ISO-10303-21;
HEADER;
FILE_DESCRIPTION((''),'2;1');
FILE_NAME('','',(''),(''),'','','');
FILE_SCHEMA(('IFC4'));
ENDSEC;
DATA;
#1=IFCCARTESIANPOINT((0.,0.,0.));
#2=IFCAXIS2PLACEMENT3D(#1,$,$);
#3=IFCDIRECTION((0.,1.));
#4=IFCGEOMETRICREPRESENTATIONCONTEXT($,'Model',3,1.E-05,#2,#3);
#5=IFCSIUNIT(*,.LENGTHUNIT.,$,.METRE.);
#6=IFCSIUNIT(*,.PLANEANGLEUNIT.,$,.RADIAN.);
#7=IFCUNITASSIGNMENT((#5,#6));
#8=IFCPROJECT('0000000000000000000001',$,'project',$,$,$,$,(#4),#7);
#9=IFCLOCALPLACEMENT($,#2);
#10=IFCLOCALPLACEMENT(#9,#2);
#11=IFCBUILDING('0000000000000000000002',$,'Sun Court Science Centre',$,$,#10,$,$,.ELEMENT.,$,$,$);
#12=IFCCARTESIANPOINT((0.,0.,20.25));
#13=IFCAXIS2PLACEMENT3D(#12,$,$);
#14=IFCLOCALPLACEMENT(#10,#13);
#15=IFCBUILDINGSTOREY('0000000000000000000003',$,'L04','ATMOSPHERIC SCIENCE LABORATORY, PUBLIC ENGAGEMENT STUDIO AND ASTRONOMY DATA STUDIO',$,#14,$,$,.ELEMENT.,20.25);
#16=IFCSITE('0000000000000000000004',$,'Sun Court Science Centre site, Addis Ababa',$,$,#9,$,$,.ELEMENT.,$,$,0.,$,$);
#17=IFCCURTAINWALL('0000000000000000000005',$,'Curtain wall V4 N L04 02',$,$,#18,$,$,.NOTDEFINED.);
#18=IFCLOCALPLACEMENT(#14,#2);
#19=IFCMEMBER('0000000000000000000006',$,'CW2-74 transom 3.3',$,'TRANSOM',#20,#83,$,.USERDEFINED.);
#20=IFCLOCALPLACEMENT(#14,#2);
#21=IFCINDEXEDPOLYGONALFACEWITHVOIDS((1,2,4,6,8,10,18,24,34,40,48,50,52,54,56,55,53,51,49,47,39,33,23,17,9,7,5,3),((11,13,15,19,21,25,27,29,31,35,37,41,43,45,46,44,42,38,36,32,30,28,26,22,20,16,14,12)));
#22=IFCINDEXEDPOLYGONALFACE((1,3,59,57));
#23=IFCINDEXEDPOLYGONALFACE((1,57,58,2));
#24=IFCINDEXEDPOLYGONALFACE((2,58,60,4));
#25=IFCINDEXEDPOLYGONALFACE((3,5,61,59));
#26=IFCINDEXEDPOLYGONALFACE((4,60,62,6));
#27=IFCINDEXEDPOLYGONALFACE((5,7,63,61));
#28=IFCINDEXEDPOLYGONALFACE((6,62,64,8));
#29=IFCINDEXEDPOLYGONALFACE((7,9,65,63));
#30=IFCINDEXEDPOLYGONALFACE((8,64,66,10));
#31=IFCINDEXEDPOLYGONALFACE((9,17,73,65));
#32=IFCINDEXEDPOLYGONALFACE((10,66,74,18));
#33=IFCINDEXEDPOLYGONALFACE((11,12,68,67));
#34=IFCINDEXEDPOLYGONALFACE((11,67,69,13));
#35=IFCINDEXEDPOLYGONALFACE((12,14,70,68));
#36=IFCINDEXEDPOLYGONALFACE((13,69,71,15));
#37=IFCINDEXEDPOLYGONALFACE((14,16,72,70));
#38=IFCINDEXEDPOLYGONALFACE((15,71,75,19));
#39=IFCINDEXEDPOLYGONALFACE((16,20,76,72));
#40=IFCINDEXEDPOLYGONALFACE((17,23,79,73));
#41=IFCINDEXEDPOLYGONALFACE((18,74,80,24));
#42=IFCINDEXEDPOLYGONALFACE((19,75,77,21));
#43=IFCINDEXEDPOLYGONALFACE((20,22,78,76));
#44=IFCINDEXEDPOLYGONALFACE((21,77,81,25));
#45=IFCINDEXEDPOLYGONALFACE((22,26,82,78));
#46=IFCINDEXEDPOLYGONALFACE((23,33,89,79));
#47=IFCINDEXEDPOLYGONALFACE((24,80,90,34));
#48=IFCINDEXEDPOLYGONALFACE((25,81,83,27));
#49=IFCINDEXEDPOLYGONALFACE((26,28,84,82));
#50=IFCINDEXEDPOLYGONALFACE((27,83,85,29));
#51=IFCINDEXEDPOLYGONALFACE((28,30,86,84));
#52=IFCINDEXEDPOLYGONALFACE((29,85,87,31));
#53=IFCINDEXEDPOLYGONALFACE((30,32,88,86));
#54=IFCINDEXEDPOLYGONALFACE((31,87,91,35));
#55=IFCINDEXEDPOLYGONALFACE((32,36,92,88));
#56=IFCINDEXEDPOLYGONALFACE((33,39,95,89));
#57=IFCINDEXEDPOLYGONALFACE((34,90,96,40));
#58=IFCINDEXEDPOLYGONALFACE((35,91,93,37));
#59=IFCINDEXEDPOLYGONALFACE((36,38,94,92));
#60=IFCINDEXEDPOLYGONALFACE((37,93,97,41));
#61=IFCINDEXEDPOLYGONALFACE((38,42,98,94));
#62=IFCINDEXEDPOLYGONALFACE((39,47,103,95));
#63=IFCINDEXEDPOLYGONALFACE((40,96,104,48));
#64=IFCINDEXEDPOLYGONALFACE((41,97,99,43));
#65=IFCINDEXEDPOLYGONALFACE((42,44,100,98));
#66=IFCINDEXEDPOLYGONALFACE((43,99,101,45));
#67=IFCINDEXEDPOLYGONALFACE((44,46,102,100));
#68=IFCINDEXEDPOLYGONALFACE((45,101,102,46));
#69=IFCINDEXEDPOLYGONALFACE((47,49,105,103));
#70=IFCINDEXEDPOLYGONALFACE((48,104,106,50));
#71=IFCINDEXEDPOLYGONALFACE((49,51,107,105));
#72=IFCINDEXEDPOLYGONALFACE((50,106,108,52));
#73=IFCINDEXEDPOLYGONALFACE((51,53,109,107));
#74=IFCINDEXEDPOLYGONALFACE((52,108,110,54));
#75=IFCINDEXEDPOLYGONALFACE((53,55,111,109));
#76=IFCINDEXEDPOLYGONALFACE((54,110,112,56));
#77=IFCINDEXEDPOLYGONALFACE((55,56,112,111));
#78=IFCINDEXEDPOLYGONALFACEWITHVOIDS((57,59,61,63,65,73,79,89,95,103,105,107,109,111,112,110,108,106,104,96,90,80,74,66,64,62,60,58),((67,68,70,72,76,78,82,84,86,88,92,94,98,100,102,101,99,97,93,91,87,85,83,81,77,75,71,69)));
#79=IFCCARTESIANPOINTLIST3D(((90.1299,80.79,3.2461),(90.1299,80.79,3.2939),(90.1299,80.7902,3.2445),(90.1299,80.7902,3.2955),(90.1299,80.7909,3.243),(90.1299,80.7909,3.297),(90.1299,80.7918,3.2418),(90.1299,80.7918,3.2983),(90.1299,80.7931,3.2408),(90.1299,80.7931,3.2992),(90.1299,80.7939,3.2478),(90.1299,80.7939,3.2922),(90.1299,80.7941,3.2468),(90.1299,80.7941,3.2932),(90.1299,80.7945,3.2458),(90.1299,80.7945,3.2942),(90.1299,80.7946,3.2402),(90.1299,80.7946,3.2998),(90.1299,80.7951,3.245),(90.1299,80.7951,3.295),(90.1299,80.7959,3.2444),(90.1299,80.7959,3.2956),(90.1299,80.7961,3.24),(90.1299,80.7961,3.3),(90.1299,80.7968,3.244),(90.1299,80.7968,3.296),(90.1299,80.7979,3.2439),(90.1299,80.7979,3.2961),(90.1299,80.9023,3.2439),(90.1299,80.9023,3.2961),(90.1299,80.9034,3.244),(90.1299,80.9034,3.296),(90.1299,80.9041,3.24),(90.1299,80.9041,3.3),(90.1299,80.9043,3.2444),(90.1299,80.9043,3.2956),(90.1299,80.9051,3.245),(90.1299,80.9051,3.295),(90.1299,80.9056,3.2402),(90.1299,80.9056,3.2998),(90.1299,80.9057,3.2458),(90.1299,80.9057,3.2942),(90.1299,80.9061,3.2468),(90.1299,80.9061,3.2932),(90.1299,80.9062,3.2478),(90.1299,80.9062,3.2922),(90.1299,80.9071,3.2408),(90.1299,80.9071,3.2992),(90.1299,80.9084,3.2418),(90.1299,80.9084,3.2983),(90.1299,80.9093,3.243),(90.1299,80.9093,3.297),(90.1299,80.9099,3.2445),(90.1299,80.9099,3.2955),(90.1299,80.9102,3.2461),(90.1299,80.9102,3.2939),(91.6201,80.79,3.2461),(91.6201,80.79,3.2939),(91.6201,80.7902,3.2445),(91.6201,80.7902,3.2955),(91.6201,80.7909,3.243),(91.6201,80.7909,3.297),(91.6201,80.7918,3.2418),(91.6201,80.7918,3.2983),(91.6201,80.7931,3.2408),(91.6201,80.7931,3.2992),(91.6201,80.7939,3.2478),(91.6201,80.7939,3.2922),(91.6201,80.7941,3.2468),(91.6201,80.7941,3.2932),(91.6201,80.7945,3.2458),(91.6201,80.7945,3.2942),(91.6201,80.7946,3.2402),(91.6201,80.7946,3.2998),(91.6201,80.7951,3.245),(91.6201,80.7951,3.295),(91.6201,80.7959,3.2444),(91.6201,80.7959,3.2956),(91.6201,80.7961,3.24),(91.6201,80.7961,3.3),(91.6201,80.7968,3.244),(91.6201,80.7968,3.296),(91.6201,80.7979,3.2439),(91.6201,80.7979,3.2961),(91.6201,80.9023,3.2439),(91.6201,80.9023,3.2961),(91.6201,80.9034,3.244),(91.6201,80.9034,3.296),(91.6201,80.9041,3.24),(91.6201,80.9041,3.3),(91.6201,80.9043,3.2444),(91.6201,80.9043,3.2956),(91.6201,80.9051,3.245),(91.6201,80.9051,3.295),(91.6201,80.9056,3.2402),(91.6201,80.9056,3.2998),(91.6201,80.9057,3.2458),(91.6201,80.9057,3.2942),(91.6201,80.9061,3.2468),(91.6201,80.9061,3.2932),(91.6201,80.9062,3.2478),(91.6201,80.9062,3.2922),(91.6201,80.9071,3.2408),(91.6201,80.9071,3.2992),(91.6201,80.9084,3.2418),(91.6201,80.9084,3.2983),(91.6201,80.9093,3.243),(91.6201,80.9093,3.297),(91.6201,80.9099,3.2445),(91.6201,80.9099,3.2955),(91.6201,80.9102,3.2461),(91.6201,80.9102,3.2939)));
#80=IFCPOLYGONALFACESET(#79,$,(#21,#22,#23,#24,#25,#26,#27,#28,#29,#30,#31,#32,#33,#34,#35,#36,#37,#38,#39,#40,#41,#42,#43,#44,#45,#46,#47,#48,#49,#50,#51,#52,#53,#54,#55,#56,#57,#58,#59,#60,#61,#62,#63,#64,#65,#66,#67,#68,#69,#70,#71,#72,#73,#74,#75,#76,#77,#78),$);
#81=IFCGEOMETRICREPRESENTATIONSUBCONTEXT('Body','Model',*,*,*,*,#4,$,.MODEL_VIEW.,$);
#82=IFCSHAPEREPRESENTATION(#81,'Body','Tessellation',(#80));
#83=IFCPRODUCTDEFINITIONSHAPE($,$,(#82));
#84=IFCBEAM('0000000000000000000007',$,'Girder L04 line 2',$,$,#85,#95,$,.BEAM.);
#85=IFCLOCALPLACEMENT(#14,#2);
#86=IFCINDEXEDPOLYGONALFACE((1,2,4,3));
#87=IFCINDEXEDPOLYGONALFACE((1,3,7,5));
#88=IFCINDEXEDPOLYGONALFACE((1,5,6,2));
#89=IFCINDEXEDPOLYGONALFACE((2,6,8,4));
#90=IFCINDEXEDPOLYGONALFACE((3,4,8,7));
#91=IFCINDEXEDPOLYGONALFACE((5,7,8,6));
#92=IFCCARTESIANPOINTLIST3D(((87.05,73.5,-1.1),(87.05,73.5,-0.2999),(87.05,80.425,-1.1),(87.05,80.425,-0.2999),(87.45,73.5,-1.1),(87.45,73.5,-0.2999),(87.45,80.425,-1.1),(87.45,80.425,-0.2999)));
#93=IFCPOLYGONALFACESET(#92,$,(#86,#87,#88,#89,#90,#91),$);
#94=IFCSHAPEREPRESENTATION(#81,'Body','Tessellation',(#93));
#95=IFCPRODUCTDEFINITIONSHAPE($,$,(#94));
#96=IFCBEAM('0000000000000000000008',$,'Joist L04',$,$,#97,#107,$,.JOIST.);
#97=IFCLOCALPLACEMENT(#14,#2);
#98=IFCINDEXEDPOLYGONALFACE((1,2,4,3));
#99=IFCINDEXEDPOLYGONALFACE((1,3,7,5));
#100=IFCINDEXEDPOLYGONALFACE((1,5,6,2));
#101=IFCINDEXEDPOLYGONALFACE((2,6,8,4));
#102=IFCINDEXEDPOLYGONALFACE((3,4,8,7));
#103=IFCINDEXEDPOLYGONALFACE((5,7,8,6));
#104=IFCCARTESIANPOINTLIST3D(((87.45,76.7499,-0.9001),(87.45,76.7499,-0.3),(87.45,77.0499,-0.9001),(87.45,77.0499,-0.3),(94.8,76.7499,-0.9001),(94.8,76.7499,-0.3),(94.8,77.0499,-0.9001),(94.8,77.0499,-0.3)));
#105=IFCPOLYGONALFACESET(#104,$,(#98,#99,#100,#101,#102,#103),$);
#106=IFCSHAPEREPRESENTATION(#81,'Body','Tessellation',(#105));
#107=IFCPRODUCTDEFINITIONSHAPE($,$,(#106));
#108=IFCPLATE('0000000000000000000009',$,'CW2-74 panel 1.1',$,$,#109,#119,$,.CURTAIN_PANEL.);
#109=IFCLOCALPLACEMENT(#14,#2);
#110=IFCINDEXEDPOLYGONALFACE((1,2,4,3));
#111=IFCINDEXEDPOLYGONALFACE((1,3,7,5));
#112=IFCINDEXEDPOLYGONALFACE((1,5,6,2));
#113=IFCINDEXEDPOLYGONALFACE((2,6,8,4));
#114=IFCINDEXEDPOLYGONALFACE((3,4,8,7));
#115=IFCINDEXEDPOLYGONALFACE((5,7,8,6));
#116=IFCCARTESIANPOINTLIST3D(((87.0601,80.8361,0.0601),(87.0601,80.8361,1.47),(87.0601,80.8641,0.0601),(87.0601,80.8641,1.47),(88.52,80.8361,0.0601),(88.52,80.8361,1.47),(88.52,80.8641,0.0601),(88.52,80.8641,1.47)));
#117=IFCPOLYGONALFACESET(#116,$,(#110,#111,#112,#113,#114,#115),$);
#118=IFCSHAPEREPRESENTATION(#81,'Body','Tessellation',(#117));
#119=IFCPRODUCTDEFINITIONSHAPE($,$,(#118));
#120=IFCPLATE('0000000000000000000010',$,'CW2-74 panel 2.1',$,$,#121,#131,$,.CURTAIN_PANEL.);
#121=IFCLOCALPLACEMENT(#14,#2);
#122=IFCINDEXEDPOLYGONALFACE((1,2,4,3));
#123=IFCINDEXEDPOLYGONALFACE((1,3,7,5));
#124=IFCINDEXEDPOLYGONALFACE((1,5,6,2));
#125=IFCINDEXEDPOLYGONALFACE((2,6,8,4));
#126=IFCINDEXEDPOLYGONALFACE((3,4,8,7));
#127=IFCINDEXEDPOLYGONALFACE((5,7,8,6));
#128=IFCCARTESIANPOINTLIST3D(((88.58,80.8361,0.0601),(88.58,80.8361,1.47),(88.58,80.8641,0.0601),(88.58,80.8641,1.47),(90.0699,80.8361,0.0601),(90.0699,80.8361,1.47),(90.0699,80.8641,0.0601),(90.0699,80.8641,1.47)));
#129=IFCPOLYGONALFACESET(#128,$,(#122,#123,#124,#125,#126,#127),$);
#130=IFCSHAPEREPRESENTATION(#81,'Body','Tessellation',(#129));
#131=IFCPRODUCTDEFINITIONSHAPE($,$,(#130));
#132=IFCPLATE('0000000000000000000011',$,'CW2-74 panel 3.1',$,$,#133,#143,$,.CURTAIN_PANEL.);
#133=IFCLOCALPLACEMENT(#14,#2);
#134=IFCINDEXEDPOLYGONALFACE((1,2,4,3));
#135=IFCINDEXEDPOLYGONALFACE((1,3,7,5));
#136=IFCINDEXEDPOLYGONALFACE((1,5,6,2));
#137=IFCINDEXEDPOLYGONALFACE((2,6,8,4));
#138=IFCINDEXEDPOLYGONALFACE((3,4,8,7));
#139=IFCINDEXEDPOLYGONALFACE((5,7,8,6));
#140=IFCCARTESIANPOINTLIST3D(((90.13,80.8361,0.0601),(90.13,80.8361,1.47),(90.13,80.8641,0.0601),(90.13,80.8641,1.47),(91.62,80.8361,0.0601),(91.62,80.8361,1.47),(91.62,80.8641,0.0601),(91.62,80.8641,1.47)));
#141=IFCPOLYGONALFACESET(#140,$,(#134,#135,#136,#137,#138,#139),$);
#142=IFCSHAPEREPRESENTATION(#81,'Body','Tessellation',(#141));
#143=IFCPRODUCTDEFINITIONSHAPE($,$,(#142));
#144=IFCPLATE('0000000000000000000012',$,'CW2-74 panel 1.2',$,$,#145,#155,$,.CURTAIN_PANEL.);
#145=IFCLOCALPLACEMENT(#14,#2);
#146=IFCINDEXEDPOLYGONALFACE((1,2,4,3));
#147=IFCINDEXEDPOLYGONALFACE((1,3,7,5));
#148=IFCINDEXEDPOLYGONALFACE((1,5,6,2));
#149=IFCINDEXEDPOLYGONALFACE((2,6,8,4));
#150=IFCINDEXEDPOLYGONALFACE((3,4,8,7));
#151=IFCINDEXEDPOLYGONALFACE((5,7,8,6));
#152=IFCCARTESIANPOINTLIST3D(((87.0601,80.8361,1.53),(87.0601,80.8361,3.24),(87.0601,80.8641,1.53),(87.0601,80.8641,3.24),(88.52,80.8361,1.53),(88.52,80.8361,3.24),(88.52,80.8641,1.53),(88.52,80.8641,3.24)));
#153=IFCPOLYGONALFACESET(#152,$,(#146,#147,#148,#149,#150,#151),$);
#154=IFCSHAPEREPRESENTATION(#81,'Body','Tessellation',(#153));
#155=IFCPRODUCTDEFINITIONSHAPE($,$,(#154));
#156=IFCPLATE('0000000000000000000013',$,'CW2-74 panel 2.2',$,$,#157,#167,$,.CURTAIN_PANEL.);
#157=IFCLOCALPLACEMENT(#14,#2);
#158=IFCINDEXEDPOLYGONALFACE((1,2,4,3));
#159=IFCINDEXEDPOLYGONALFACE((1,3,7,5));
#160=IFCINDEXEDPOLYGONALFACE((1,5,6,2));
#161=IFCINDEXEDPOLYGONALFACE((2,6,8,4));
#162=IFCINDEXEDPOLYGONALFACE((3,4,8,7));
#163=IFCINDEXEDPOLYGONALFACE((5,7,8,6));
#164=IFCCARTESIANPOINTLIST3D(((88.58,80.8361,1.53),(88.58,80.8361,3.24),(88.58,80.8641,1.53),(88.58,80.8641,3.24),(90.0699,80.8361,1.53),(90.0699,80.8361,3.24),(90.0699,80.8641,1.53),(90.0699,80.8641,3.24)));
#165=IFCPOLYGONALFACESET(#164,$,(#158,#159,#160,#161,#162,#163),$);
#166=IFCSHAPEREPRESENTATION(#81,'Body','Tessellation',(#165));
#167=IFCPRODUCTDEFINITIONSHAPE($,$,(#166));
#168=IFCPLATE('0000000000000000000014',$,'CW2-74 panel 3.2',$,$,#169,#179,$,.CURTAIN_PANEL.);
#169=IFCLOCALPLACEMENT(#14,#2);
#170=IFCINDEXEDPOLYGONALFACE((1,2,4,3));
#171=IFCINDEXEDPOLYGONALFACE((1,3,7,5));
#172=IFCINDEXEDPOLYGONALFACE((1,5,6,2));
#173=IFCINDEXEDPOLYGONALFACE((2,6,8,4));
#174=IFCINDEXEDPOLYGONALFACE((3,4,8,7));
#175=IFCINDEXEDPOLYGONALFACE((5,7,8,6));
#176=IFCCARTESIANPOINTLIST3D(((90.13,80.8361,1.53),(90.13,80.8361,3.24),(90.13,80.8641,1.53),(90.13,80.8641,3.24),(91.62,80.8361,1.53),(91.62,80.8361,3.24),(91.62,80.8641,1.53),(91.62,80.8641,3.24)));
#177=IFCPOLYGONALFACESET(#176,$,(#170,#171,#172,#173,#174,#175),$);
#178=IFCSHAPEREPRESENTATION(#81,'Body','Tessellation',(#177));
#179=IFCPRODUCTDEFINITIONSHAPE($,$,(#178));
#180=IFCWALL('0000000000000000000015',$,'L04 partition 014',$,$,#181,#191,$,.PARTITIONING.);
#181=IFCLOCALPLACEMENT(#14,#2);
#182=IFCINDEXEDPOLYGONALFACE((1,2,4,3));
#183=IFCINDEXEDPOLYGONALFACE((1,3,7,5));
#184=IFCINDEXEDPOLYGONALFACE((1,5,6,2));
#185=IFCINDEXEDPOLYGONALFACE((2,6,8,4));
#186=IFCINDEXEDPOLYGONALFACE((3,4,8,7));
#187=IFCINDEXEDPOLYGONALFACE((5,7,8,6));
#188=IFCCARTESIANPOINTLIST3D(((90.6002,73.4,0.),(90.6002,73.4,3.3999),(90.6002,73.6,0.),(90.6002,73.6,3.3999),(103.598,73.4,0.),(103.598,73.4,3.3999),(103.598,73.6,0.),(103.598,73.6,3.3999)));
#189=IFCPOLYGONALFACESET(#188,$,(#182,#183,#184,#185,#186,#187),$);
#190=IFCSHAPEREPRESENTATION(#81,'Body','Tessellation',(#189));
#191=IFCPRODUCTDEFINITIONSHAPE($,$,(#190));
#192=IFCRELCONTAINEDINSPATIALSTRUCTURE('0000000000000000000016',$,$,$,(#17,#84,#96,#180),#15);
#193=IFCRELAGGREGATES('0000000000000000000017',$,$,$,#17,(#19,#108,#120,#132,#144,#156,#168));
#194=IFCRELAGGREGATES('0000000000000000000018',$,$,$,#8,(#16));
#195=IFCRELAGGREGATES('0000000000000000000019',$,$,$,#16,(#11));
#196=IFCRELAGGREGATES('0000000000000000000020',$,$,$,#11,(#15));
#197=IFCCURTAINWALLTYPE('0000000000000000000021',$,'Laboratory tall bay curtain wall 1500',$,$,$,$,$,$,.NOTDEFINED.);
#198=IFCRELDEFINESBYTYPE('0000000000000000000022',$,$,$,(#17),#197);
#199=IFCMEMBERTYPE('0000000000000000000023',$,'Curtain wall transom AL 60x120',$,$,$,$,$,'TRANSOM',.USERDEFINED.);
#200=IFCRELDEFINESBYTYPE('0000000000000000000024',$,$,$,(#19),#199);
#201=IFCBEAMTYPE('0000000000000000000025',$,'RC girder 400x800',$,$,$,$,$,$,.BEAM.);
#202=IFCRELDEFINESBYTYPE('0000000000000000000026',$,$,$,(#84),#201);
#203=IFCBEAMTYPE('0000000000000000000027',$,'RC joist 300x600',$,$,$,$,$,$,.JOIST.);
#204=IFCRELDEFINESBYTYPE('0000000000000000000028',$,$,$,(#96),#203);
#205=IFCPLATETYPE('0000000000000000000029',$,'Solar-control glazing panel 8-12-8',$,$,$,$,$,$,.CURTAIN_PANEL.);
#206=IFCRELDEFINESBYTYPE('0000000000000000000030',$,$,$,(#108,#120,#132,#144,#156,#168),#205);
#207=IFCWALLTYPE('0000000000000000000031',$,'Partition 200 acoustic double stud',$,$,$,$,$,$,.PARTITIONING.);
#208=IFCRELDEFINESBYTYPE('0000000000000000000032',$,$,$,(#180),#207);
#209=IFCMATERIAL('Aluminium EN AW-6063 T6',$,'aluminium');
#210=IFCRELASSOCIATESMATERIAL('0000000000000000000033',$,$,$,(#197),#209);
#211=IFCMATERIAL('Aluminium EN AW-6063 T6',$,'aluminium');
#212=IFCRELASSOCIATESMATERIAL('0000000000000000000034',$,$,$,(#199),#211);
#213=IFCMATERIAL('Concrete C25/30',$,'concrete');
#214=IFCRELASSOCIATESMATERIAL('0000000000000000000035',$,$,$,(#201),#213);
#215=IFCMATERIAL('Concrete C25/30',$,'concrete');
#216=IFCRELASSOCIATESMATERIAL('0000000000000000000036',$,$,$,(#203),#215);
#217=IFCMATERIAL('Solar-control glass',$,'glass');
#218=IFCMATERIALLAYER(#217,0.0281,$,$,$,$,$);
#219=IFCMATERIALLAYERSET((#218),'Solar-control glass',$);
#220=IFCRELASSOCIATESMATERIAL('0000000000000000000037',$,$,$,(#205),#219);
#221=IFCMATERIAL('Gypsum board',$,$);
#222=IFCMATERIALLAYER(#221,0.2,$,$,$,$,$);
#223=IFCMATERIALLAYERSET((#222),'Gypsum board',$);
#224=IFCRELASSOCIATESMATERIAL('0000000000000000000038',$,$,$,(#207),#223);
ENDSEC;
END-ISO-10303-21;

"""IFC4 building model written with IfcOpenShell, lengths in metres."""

from ifc_helpers import new_model, si_unit, direction, frame, frame_2d, origin, origin_2d, place, context, subcontext, project, spatial, rectangle, hollow_rectangle, extrude, material, layer, layer_set, material_profile, profile_set, type_object, element, aggregate, save


model = new_model("IFC4")

# Units and contexts
model_context = context("Model", 3, precision=1e-05, world=origin(), true_north=direction((0.0, 1.0)))
body_context = subcontext(model_context, "Body", "Model", "MODEL_VIEW")
ifc_project = project(units=[si_unit("LENGTHUNIT", "METRE"), si_unit("PLANEANGLEUNIT", "RADIAN")], contexts=[model_context])

# Site, building, storey
site_placement = place(None, origin())
site = spatial("IfcSite", under=ifc_project, at=site_placement, Name="Sun Court Science Centre site, Addis Ababa", CompositionType="ELEMENT", RefElevation=0.0)
building_placement = place(site_placement, origin())
building = spatial("IfcBuilding", under=site, at=building_placement, Name="Sun Court Science Centre", CompositionType="ELEMENT")
storey_placement = place(building_placement, frame((0.0, 0.0, 20.25)))
storey = spatial("IfcBuildingStorey", under=building, at=storey_placement, Name="L04", Description="ATMOSPHERIC SCIENCE LABORATORY, PUBLIC ENGAGEMENT STUDIO AND ASTRONOMY DATA STUDIO", CompositionType="ELEMENT", Elevation=20.25)

# Curtain wall, member
ifc_material_1 = material(Name="Aluminium EN AW-6063 T6", Category="aluminium")
curtain_wall_type = type_object("IfcCurtainWallType", Name="Laboratory tall bay curtain wall 1500", PredefinedType="NOTDEFINED", material=ifc_material_1)
curtain_wall_placement = place(storey_placement, origin())
curtain_wall = element("IfcCurtainWall", 1, at=curtain_wall_placement, inside=storey, type_object=curtain_wall_type, Name="Curtain wall V4 N L04 02", PredefinedType="NOTDEFINED")
ifc_material_2 = material(Name="Aluminium EN AW-6063 T6", Category="aluminium")
ifc_material_profile_1 = material_profile(ifc_material_2, hollow_rectangle(XDim=0.0601, YDim=0.1201, WallThickness=0.0039, InnerFilletRadius=0.0039, OuterFilletRadius=0.0061, at=origin_2d()), Name="AL 60x120x4")
ifc_profile_set_1 = profile_set([ifc_material_profile_1], Name="Aluminium EN AW-6063 T6")
member_type_1 = type_object("IfcMemberType", Name="Curtain wall transom AL 60x120", ElementType="TRANSOM", PredefinedType="USERDEFINED", material=ifc_profile_set_1)
member_1_placement = place(storey_placement, frame((90.1299, 80.8501, 3.27), z_axis=(1.0, 0.0, 0.0), x_axis=(0.0, 0.0, 1.0)))
member_1 = element("IfcMember", 2, at=member_1_placement, type_object=member_type_1, Name="CW2-74 transom 3.3", ObjectType="TRANSOM", PredefinedType="USERDEFINED", context=body_context, shape_type="SweptSolid", body=[
    extrude(hollow_rectangle(XDim=0.0601, YDim=0.1201, WallThickness=0.0039, InnerFilletRadius=0.0039, OuterFilletRadius=0.0061, at=origin_2d()), origin(), (0.0, 0.0, 1.0), 1.4902),
])

# Beams
ifc_material_3 = material(Name="Concrete C25/30", Category="concrete")
ifc_material_profile_2 = material_profile(ifc_material_3, rectangle(XDim=0.3999, YDim=0.8, at=origin_2d()), Name="RC 400x800")
ifc_profile_set_2 = profile_set([ifc_material_profile_2], Name="Concrete C25/30")
beam_type_1 = type_object("IfcBeamType", Name="RC girder 400x800", PredefinedType="BEAM", material=ifc_profile_set_2)
beam_1_placement = place(storey_placement, frame((87.25, 73.5, -0.7), z_axis=(0.0, 1.0, 0.0), x_axis=(-1.0, 0.0, 0.0)))
element("IfcBeam", 3, at=beam_1_placement, inside=storey, type_object=beam_type_1, Name="Girder L04 line 2", PredefinedType="BEAM", context=body_context, shape_type="SweptSolid", body=[
    extrude(rectangle(XDim=0.3999, YDim=0.8, at=origin_2d()), origin(), (0.0, 0.0, 1.0), 6.925),
])
ifc_material_4 = material(Name="Concrete C25/30", Category="concrete")
ifc_material_profile_3 = material_profile(ifc_material_4, rectangle(XDim=0.3, YDim=0.6001, at=origin_2d()), Name="RC 300x600")
ifc_profile_set_3 = profile_set([ifc_material_profile_3], Name="Concrete C25/30")
beam_type_2 = type_object("IfcBeamType", Name="RC joist 300x600", PredefinedType="JOIST", material=ifc_profile_set_3)
beam_2_placement = place(storey_placement, frame((87.45, 76.8999, -0.6001), z_axis=(1.0, 0.0, 0.0), x_axis=(0.0, 1.0, 0.0)))
element("IfcBeam", 4, at=beam_2_placement, inside=storey, type_object=beam_type_2, Name="Joist L04", PredefinedType="JOIST", context=body_context, shape_type="SweptSolid", body=[
    extrude(rectangle(XDim=0.3, YDim=0.6001, at=origin_2d()), origin(), (0.0, 0.0, 1.0), 7.3501),
])

# Plates
ifc_material_5 = material(Name="Solar-control glass", Category="glass")
ifc_layer_1 = layer(ifc_material_5, 0.0281)
ifc_layer_set_1 = layer_set([ifc_layer_1], Name="Solar-control glass")
plate_type = type_object("IfcPlateType", Name="Solar-control glazing panel 8-12-8", PredefinedType="CURTAIN_PANEL", material=ifc_layer_set_1)
plate_1_placement = place(storey_placement, frame((87.79, 80.8501, 0.0601), z_axis=(0.0, 0.0, 1.0), x_axis=(1.0, 0.0, 0.0)))
plate_1 = element("IfcPlate", 5, at=plate_1_placement, type_object=plate_type, Name="CW2-74 panel 1.1", PredefinedType="CURTAIN_PANEL", context=body_context, shape_type="SweptSolid", body=[
    extrude(rectangle(XDim=1.46, YDim=0.0281, at=origin_2d()), origin(), (0.0, 0.0, 1.0), 1.4099),
])
plate_2_placement = place(storey_placement, frame((89.325, 80.8501, 0.0601), z_axis=(0.0, 0.0, 1.0), x_axis=(1.0, 0.0, 0.0)))
plate_2 = element("IfcPlate", 6, at=plate_2_placement, type_object=plate_type, Name="CW2-74 panel 2.1", PredefinedType="CURTAIN_PANEL", context=body_context, shape_type="SweptSolid", body=[
    extrude(rectangle(XDim=1.49, YDim=0.0281, at=origin_2d()), origin(), (0.0, 0.0, 1.0), 1.4099),
])
plate_3_placement = place(storey_placement, frame((90.875, 80.8501, 0.0601), z_axis=(0.0, 0.0, 1.0), x_axis=(1.0, 0.0, 0.0)))
plate_3 = element("IfcPlate", 7, at=plate_3_placement, type_object=plate_type, Name="CW2-74 panel 3.1", PredefinedType="CURTAIN_PANEL", context=body_context, shape_type="SweptSolid", body=[
    extrude(rectangle(XDim=1.49, YDim=0.0281, at=origin_2d()), origin(), (0.0, 0.0, 1.0), 1.4099),
])
plate_4_placement = place(storey_placement, frame((87.79, 80.8501, 1.53), z_axis=(0.0, 0.0, 1.0), x_axis=(1.0, 0.0, 0.0)))
plate_4 = element("IfcPlate", 8, at=plate_4_placement, type_object=plate_type, Name="CW2-74 panel 1.2", PredefinedType="CURTAIN_PANEL", context=body_context, shape_type="SweptSolid", body=[
    extrude(rectangle(XDim=1.46, YDim=0.0281, at=origin_2d()), origin(), (0.0, 0.0, 1.0), 1.71),
])
plate_5_placement = place(storey_placement, frame((89.325, 80.8501, 1.53), z_axis=(0.0, 0.0, 1.0), x_axis=(1.0, 0.0, 0.0)))
plate_5 = element("IfcPlate", 9, at=plate_5_placement, type_object=plate_type, Name="CW2-74 panel 2.2", PredefinedType="CURTAIN_PANEL", context=body_context, shape_type="SweptSolid", body=[
    extrude(rectangle(XDim=1.49, YDim=0.0281, at=origin_2d()), origin(), (0.0, 0.0, 1.0), 1.71),
])
plate_6_placement = place(storey_placement, frame((90.875, 80.8501, 1.53), z_axis=(0.0, 0.0, 1.0), x_axis=(1.0, 0.0, 0.0)))
plate_6 = element("IfcPlate", 10, at=plate_6_placement, type_object=plate_type, Name="CW2-74 panel 3.2", PredefinedType="CURTAIN_PANEL", context=body_context, shape_type="SweptSolid", body=[
    extrude(rectangle(XDim=1.49, YDim=0.0281, at=origin_2d()), origin(), (0.0, 0.0, 1.0), 1.71),
])
aggregate(curtain_wall, [member_1, plate_1, plate_2, plate_3, plate_4, plate_5, plate_6])

# Wall
ifc_material_6 = material(Name="Gypsum board")
ifc_layer_2 = layer(ifc_material_6, 0.2)
ifc_layer_set_2 = layer_set([ifc_layer_2], Name="Gypsum board")
wall_type_1 = type_object("IfcWallType", Name="Partition 200 acoustic double stud", PredefinedType="PARTITIONING", material=ifc_layer_set_2)
wall_1_placement = place(storey_placement, frame((90.6001, 73.5, 0.0), z_axis=(0.0, 0.0, 1.0), x_axis=(1.0, 0.0, 0.0)))
element("IfcWall", 11, at=wall_1_placement, inside=storey, type_object=wall_type_1, Name="L04 partition 014", PredefinedType="PARTITIONING", context=body_context, shape_type="SweptSolid", body=[
    extrude(rectangle(XDim=12.9978, YDim=0.2, at=frame_2d((6.499, 0.0))), origin(), (0.0, 0.0, 1.0), 3.3999),
])

save(model, "model.ifc")
